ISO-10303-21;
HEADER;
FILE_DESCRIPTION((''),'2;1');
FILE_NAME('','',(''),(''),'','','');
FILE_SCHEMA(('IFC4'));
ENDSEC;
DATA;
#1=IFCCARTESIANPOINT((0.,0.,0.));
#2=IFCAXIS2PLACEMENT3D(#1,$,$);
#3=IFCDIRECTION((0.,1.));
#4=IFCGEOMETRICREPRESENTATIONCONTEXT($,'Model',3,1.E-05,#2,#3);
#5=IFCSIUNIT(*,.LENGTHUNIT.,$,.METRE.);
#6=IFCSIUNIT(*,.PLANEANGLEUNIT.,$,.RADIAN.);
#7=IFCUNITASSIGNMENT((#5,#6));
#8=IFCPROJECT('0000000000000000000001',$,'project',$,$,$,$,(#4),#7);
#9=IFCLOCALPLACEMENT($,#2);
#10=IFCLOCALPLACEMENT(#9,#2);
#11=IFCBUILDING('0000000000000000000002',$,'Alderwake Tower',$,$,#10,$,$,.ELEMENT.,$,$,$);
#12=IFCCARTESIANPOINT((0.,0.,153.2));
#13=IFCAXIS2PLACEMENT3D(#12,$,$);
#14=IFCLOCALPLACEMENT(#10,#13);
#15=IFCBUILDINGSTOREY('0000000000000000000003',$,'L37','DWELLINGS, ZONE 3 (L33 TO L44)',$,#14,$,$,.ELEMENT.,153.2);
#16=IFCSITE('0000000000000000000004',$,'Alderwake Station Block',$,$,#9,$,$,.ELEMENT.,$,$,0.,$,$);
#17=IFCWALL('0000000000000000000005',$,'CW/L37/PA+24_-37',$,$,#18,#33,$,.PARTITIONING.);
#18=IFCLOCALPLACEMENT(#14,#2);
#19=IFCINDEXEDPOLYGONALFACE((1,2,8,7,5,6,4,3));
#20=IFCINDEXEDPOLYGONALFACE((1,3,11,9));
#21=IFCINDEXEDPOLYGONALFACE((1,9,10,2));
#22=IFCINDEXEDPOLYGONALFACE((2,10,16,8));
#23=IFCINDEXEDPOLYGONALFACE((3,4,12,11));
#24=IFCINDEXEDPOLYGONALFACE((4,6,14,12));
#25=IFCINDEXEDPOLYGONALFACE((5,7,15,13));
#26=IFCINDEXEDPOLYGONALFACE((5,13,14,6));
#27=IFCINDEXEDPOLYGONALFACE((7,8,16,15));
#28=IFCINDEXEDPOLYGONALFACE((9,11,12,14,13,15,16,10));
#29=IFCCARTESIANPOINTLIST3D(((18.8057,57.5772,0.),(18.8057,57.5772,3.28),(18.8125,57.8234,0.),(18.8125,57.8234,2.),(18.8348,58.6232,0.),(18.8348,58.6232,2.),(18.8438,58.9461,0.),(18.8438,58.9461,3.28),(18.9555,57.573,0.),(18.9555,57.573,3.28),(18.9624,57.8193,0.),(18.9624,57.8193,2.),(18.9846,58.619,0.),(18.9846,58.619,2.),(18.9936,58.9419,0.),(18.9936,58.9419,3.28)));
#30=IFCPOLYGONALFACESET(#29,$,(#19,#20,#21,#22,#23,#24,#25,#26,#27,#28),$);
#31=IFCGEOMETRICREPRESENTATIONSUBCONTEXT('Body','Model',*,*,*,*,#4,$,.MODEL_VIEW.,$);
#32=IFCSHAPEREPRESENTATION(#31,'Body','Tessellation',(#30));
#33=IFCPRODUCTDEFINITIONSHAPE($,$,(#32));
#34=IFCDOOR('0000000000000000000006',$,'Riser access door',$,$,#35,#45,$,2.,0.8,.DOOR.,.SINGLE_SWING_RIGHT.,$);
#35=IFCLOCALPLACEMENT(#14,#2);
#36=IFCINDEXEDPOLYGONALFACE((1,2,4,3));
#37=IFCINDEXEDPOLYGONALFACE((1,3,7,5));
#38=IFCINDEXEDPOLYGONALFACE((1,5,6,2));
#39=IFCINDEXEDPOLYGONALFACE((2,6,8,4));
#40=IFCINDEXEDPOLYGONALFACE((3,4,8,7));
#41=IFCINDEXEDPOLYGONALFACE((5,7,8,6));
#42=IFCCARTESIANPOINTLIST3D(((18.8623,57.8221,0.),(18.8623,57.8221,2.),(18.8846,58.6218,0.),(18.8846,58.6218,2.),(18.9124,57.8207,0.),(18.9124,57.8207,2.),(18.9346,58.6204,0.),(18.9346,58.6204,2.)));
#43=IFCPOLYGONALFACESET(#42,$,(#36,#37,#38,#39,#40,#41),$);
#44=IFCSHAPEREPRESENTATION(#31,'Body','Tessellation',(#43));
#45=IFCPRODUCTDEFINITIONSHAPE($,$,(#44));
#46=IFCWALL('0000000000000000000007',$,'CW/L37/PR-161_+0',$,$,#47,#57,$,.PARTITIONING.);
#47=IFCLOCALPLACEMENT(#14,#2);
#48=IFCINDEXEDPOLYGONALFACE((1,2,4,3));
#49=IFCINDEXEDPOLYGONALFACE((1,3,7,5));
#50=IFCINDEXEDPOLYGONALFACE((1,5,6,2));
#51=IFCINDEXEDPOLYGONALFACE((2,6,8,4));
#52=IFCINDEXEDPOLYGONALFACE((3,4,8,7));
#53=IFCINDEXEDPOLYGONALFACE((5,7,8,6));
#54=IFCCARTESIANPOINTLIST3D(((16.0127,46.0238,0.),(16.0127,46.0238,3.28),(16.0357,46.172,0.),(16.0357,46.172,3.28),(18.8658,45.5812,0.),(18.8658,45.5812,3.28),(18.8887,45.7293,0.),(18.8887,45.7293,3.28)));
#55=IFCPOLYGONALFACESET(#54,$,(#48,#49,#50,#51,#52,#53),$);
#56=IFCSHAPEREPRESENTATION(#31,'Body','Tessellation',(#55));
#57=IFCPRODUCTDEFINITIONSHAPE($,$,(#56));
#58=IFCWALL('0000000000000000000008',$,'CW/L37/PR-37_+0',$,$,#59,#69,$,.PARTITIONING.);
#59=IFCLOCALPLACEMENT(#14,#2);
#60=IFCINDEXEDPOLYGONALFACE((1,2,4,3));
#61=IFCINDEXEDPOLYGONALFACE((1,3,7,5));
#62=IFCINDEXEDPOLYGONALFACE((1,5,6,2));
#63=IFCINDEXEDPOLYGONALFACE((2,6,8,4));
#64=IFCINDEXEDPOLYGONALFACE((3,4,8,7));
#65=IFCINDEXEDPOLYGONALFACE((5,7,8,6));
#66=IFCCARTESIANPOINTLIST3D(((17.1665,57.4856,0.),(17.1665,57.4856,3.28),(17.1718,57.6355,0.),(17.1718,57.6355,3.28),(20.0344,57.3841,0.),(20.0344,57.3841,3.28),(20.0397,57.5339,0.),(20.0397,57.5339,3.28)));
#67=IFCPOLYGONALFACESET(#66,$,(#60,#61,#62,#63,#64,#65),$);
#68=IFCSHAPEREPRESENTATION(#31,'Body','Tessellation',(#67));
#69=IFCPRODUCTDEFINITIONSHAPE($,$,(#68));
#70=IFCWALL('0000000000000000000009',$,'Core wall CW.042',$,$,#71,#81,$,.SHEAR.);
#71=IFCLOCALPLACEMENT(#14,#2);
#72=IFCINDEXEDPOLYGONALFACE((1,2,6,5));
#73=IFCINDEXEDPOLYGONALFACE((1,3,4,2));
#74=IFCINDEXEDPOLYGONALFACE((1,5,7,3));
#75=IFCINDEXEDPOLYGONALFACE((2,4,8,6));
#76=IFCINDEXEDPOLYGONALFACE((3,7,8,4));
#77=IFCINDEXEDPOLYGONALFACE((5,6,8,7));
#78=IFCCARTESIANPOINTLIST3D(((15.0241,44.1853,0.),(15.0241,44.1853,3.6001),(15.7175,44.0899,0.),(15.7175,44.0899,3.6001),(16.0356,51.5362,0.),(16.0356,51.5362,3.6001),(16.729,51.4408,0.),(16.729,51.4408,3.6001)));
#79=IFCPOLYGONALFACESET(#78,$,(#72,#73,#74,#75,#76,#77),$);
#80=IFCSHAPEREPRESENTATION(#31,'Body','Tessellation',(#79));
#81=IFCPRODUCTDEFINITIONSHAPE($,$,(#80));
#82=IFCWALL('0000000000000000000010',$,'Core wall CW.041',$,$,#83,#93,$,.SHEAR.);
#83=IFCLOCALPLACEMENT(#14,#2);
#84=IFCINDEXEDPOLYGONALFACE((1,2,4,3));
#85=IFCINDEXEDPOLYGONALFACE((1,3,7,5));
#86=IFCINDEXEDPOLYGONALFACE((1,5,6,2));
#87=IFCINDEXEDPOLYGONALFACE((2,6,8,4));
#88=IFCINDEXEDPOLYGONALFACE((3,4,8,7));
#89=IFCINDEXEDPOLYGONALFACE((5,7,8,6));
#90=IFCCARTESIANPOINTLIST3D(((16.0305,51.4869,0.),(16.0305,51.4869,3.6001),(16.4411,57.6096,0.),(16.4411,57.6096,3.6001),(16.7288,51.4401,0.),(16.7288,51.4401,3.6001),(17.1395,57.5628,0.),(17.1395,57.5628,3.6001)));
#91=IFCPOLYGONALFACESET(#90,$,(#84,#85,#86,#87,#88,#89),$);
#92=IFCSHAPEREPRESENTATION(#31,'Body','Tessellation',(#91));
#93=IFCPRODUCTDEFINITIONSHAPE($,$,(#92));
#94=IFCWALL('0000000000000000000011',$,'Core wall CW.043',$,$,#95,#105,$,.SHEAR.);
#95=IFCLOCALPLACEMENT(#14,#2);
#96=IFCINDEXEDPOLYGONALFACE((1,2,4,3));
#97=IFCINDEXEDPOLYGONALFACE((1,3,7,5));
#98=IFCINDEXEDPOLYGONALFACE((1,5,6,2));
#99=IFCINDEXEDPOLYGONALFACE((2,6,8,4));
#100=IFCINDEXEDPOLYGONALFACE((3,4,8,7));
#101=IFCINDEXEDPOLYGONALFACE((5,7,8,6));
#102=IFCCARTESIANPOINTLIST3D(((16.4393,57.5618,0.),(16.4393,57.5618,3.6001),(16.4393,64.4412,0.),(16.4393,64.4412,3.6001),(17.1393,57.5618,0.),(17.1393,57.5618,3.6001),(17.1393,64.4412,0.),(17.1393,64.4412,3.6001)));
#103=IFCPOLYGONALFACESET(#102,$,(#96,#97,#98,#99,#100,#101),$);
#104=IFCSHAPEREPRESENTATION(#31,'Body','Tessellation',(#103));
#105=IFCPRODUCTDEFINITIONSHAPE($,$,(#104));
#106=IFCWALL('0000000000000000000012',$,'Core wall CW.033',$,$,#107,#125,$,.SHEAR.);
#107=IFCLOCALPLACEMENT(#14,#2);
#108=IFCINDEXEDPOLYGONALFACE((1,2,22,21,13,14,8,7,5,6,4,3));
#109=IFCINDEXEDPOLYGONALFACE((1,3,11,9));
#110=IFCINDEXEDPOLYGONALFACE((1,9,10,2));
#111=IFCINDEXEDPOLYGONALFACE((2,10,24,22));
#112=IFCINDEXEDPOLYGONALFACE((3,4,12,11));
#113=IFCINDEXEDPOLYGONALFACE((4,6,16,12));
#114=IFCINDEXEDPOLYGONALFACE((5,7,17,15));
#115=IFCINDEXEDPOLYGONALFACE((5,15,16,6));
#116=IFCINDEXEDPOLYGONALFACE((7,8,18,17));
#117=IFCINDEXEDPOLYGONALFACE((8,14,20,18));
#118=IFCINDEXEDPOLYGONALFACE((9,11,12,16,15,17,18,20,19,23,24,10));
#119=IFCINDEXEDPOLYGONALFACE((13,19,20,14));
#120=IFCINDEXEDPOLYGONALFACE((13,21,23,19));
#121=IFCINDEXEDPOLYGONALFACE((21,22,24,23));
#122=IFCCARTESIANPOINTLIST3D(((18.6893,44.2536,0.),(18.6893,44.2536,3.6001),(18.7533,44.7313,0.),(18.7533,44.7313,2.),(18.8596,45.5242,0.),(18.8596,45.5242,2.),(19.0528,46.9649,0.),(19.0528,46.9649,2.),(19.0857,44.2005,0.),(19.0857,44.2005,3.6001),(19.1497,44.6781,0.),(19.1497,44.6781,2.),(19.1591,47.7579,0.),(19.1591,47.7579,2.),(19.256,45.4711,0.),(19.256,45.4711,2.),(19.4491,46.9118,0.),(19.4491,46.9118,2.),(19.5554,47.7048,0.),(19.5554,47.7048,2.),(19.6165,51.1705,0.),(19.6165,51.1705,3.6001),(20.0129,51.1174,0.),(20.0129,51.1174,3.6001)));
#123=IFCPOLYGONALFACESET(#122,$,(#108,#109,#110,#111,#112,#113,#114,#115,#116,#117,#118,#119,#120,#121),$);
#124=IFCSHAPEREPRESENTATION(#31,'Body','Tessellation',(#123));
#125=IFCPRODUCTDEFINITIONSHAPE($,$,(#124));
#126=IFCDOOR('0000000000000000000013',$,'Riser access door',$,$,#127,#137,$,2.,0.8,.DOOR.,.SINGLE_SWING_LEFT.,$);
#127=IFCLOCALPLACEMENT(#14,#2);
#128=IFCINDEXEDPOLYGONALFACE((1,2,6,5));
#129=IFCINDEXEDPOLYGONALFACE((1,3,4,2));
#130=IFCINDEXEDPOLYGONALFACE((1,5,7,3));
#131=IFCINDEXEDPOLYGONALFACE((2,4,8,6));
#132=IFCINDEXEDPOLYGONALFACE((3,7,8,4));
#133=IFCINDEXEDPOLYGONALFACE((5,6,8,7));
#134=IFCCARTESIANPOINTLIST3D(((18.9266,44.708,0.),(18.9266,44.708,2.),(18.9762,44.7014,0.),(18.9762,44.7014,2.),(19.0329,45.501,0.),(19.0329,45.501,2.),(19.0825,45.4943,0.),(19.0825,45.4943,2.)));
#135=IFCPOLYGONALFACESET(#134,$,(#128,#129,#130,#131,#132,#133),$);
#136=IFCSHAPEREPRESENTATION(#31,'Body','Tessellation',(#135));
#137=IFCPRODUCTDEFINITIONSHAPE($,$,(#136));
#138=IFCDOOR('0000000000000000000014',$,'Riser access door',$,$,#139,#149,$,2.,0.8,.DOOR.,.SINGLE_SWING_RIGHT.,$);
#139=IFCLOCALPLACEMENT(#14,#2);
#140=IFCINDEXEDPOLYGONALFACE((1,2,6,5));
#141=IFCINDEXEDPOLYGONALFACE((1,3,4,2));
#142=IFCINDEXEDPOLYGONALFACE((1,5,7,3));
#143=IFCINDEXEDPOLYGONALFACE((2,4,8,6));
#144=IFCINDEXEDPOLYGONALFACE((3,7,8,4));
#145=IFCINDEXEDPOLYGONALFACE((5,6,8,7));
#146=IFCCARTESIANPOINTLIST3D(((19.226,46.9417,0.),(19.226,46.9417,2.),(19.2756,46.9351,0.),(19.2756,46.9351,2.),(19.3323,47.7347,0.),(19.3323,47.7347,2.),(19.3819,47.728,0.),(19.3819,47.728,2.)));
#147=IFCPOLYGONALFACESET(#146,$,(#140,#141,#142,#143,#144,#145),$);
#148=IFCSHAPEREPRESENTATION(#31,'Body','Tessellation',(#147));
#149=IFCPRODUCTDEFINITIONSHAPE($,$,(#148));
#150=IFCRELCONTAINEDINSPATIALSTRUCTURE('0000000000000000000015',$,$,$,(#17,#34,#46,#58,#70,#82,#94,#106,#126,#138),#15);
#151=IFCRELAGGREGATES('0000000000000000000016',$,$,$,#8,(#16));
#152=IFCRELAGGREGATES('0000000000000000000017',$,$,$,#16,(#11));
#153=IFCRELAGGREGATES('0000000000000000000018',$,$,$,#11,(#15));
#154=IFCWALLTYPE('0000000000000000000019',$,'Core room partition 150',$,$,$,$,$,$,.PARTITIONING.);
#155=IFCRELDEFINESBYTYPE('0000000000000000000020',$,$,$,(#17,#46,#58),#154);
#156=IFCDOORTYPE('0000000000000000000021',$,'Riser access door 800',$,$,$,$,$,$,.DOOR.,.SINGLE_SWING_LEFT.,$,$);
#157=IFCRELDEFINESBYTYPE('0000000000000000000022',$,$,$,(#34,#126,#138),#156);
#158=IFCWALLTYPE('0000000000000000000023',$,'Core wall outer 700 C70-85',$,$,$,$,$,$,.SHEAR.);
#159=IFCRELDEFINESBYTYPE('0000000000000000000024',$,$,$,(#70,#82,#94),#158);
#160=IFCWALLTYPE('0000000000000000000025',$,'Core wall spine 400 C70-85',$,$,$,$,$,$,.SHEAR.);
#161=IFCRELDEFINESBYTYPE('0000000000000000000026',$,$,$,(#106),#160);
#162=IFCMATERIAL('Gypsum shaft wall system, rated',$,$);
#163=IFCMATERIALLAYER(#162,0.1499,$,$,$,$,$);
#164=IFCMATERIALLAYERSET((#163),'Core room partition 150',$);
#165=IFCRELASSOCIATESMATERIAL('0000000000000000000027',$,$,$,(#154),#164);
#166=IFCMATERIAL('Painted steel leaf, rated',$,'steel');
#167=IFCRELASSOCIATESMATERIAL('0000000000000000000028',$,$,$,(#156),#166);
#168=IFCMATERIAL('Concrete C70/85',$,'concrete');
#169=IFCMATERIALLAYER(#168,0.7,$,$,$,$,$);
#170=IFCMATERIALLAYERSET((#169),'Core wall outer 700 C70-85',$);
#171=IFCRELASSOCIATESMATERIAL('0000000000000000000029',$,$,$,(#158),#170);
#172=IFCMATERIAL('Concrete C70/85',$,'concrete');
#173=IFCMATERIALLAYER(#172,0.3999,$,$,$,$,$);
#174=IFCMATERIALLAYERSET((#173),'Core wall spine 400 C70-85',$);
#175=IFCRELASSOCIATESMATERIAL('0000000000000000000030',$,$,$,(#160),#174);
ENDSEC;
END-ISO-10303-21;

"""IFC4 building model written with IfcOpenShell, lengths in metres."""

from ifc_helpers import new_model, si_unit, direction, frame, frame_2d, origin, place, context, subcontext, project, spatial, rectangle, extrude, material, layer, layer_set, type_object, element, fill, save


model = new_model("IFC4")

# Units and contexts
model_context = context("Model", 3, precision=1e-05, world=origin(), true_north=direction((0.0, 1.0)))
body_context = subcontext(model_context, "Body", "Model", "MODEL_VIEW")
ifc_project = project(units=[si_unit("LENGTHUNIT", "METRE"), si_unit("PLANEANGLEUNIT", "RADIAN")], contexts=[model_context])

# Site, building, storey
site_placement = place(None, origin())
site = spatial("IfcSite", under=ifc_project, at=site_placement, Name="Alderwake Station Block", CompositionType="ELEMENT", RefElevation=0.0)
building_placement = place(site_placement, origin())
building = spatial("IfcBuilding", under=site, at=building_placement, Name="Alderwake Tower", CompositionType="ELEMENT")
storey_placement = place(building_placement, frame((0.0, 0.0, 153.2)))
storey = spatial("IfcBuildingStorey", under=building, at=storey_placement, Name="L37", Description="DWELLINGS, ZONE 3 (L33 TO L44)", CompositionType="ELEMENT", Elevation=153.2)

# Wall, opening, door
ifc_material_1 = material(Name="Gypsum shaft wall system, rated")
ifc_layer_1 = layer(ifc_material_1, 0.1499)
ifc_layer_set_1 = layer_set([ifc_layer_1], Name="Core room partition 150")
wall_type_1 = type_object("IfcWallType", Name="Core room partition 150", PredefinedType="PARTITIONING", material=ifc_layer_set_1)
wall_1_placement = place(storey_placement, frame((18.9187, 58.9438, 0.0), z_axis=(0.0, 0.0, 1.0), x_axis=(-0.027812, -0.999613, 0.0)))
wall_1 = element("IfcWall", 1, at=wall_1_placement, inside=storey, type_object=wall_type_1, Name="CW/L37/PA+24_-37", PredefinedType="PARTITIONING", context=body_context, shape_type="SweptSolid", body=[
    extrude(rectangle(XDim=1.3694, YDim=0.1499, at=frame_2d((0.6846, 0.0))), origin(), (0.0, 0.0, 1.0), 3.28),
])
opening_1_placement = place(wall_1_placement, frame((0.323, 0.0, 0.0)))
opening_1 = element("IfcOpeningElement", 2, at=opening_1_placement, cuts=wall_1, PredefinedType="OPENING", context=body_context, shape_type="SweptSolid", body=[
    extrude(rectangle(XDim=0.8, YDim=2.0, at=frame_2d((0.3999, 1.0))), frame((0.0, 0.085, 0.0), z_axis=(0.0, -1.0, 0.0), x_axis=(1.0, 0.0, 0.0)), (0.0, 0.0, 1.0), 0.1699),
])
ifc_material_2 = material(Name="Painted steel leaf, rated", Category="steel")
door_type_1 = type_object("IfcDoorType", Name="Riser access door 800", OperationType="SINGLE_SWING_LEFT", PredefinedType="DOOR", material=ifc_material_2)
door_1_placement = place(opening_1_placement, origin())
door_1 = element("IfcDoor", 3, at=door_1_placement, inside=storey, type_object=door_type_1, Name="Riser access door", OperationType="SINGLE_SWING_RIGHT", OverallHeight=2.0, OverallWidth=0.8, PredefinedType="DOOR", context=body_context, shape_type="SweptSolid", body=[
    extrude(rectangle(XDim=0.8, YDim=2.0, at=frame_2d((0.3999, 1.0))), frame((0.0, 0.0249, 0.0), z_axis=(0.0, -1.0, 0.0), x_axis=(1.0, 0.0, 0.0)), (0.0, 0.0, 1.0), 0.05),
])
fill(opening_1, door_1)

# Walls
wall_2_placement = place(storey_placement, frame((16.0242, 46.0979, 0.0), z_axis=(0.0, 0.0, 1.0), x_axis=(0.988178, -0.153309, 0.0)))
element("IfcWall", 4, at=wall_2_placement, inside=storey, type_object=wall_type_1, Name="CW/L37/PR-161_+0", PredefinedType="PARTITIONING", context=body_context, shape_type="SweptSolid", body=[
    extrude(rectangle(XDim=2.8872, YDim=0.1499, at=frame_2d((1.4436, 0.0))), origin(), (0.0, 0.0, 1.0), 3.28),
])
wall_3_placement = place(storey_placement, frame((17.1692, 57.5605, 0.0), z_axis=(0.0, 0.0, 1.0), x_axis=(0.999374, -0.035391, 0.0)))
element("IfcWall", 5, at=wall_3_placement, inside=storey, type_object=wall_type_1, Name="CW/L37/PR-37_+0", PredefinedType="PARTITIONING", context=body_context, shape_type="SweptSolid", body=[
    extrude(rectangle(XDim=2.8696, YDim=0.1499, at=frame_2d((1.4348, 0.0))), origin(), (0.0, 0.0, 1.0), 3.28),
])
ifc_material_3 = material(Name="Concrete C70/85", Category="concrete")
ifc_layer_2 = layer(ifc_material_3, 0.7)
ifc_layer_set_2 = layer_set([ifc_layer_2], Name="Core wall outer 700 C70-85")
wall_type_2 = type_object("IfcWallType", Name="Core wall outer 700 C70-85", PredefinedType="SHEAR", material=ifc_layer_set_2)
wall_4_placement = place(storey_placement, frame((15.3708, 44.1377, 0.0), z_axis=(0.0, 0.0, 1.0), x_axis=(0.136316, 0.990665, 0.0)))
element("IfcWall", 6, at=wall_4_placement, inside=storey, type_object=wall_type_2, Name="Core wall CW.042", PredefinedType="SHEAR", context=body_context, shape_type="SweptSolid", body=[
    extrude(rectangle(XDim=7.4202, YDim=0.7, at=frame_2d((3.71, 0.0))), origin(), (0.0, 0.0, 1.0), 3.6001),
])
wall_5_placement = place(storey_placement, frame((16.3796, 51.4634, 0.0), z_axis=(0.0, 0.0, 1.0), x_axis=(0.066918, 0.997758, 0.0)))
element("IfcWall", 7, at=wall_5_placement, inside=storey, type_object=wall_type_2, Name="Core wall CW.041", PredefinedType="SHEAR", context=body_context, shape_type="SweptSolid", body=[
    extrude(rectangle(XDim=6.1365, YDim=0.7, at=frame_2d((3.0684, 0.0))), origin(), (0.0, 0.0, 1.0), 3.6001),
])
wall_6_placement = place(storey_placement, frame((16.7893, 57.5618, 0.0), z_axis=(0.0, 0.0, 1.0), x_axis=(0.0, 1.0, 0.0)))
element("IfcWall", 8, at=wall_6_placement, inside=storey, type_object=wall_type_2, Name="Core wall CW.043", PredefinedType="SHEAR", context=body_context, shape_type="SweptSolid", body=[
    extrude(rectangle(XDim=6.8794, YDim=0.7, at=frame_2d((3.4397, 0.0))), origin(), (0.0, 0.0, 1.0), 3.6001),
])

# Wall, openings, doors
ifc_material_4 = material(Name="Concrete C70/85", Category="concrete")
ifc_layer_3 = layer(ifc_material_4, 0.3999)
ifc_layer_set_3 = layer_set([ifc_layer_3], Name="Core wall spine 400 C70-85")
wall_type_3 = type_object("IfcWallType", Name="Core wall spine 400 C70-85", PredefinedType="SHEAR", material=ifc_layer_set_3)
wall_7_placement = place(storey_placement, frame((19.8147, 51.1438, 0.0), z_axis=(0.0, 0.0, 1.0), x_axis=(-0.132865, -0.991134, 0.0)))
wall_7 = element("IfcWall", 9, at=wall_7_placement, inside=storey, type_object=wall_type_3, Name="Core wall CW.033", PredefinedType="SHEAR", context=body_context, shape_type="SweptSolid", body=[
    extrude(rectangle(XDim=6.9788, YDim=0.3999, at=frame_2d((3.4893, 0.0))), origin(), (0.0, 0.0, 1.0), 3.6001),
])
opening_2_placement = place(wall_7_placement, frame((5.6968, 0.0, 0.0)))
opening_2 = element("IfcOpeningElement", 10, at=opening_2_placement, cuts=wall_7, PredefinedType="OPENING", context=body_context, shape_type="SweptSolid", body=[
    extrude(rectangle(XDim=0.8, YDim=2.0, at=frame_2d((0.3999, 1.0))), frame((0.0, 0.21, 0.0), z_axis=(0.0, -1.0, 0.0), x_axis=(1.0, 0.0, 0.0)), (0.0, 0.0, 1.0), 0.4199),
])
opening_3_placement = place(wall_7_placement, frame((3.4431, 0.0, 0.0)))
opening_3 = element("IfcOpeningElement", 11, at=opening_3_placement, cuts=wall_7, PredefinedType="OPENING", context=body_context, shape_type="SweptSolid", body=[
    extrude(rectangle(XDim=0.8, YDim=2.0, at=frame_2d((0.3999, 1.0))), frame((0.0, 0.21, 0.0), z_axis=(0.0, -1.0, 0.0), x_axis=(1.0, 0.0, 0.0)), (0.0, 0.0, 1.0), 0.4199),
])
door_2_placement = place(opening_2_placement, origin())
door_2 = element("IfcDoor", 12, at=door_2_placement, inside=storey, type_object=door_type_1, Name="Riser access door", OperationType="SINGLE_SWING_LEFT", OverallHeight=2.0, OverallWidth=0.8, PredefinedType="DOOR", context=body_context, shape_type="SweptSolid", body=[
    extrude(rectangle(XDim=0.8, YDim=2.0, at=frame_2d((0.3999, 1.0))), frame((0.0, 0.0249, 0.0), z_axis=(0.0, -1.0, 0.0), x_axis=(1.0, 0.0, 0.0)), (0.0, 0.0, 1.0), 0.05),
])
fill(opening_2, door_2)
door_3_placement = place(opening_3_placement, origin())
door_3 = element("IfcDoor", 13, at=door_3_placement, inside=storey, type_object=door_type_1, Name="Riser access door", OperationType="SINGLE_SWING_RIGHT", OverallHeight=2.0, OverallWidth=0.8, PredefinedType="DOOR", context=body_context, shape_type="SweptSolid", body=[
    extrude(rectangle(XDim=0.8, YDim=2.0, at=frame_2d((0.3999, 1.0))), frame((0.0, 0.0249, 0.0), z_axis=(0.0, -1.0, 0.0), x_axis=(1.0, 0.0, 0.0)), (0.0, 0.0, 1.0), 0.05),
])
fill(opening_3, door_3)

save(model, "model.ifc")
